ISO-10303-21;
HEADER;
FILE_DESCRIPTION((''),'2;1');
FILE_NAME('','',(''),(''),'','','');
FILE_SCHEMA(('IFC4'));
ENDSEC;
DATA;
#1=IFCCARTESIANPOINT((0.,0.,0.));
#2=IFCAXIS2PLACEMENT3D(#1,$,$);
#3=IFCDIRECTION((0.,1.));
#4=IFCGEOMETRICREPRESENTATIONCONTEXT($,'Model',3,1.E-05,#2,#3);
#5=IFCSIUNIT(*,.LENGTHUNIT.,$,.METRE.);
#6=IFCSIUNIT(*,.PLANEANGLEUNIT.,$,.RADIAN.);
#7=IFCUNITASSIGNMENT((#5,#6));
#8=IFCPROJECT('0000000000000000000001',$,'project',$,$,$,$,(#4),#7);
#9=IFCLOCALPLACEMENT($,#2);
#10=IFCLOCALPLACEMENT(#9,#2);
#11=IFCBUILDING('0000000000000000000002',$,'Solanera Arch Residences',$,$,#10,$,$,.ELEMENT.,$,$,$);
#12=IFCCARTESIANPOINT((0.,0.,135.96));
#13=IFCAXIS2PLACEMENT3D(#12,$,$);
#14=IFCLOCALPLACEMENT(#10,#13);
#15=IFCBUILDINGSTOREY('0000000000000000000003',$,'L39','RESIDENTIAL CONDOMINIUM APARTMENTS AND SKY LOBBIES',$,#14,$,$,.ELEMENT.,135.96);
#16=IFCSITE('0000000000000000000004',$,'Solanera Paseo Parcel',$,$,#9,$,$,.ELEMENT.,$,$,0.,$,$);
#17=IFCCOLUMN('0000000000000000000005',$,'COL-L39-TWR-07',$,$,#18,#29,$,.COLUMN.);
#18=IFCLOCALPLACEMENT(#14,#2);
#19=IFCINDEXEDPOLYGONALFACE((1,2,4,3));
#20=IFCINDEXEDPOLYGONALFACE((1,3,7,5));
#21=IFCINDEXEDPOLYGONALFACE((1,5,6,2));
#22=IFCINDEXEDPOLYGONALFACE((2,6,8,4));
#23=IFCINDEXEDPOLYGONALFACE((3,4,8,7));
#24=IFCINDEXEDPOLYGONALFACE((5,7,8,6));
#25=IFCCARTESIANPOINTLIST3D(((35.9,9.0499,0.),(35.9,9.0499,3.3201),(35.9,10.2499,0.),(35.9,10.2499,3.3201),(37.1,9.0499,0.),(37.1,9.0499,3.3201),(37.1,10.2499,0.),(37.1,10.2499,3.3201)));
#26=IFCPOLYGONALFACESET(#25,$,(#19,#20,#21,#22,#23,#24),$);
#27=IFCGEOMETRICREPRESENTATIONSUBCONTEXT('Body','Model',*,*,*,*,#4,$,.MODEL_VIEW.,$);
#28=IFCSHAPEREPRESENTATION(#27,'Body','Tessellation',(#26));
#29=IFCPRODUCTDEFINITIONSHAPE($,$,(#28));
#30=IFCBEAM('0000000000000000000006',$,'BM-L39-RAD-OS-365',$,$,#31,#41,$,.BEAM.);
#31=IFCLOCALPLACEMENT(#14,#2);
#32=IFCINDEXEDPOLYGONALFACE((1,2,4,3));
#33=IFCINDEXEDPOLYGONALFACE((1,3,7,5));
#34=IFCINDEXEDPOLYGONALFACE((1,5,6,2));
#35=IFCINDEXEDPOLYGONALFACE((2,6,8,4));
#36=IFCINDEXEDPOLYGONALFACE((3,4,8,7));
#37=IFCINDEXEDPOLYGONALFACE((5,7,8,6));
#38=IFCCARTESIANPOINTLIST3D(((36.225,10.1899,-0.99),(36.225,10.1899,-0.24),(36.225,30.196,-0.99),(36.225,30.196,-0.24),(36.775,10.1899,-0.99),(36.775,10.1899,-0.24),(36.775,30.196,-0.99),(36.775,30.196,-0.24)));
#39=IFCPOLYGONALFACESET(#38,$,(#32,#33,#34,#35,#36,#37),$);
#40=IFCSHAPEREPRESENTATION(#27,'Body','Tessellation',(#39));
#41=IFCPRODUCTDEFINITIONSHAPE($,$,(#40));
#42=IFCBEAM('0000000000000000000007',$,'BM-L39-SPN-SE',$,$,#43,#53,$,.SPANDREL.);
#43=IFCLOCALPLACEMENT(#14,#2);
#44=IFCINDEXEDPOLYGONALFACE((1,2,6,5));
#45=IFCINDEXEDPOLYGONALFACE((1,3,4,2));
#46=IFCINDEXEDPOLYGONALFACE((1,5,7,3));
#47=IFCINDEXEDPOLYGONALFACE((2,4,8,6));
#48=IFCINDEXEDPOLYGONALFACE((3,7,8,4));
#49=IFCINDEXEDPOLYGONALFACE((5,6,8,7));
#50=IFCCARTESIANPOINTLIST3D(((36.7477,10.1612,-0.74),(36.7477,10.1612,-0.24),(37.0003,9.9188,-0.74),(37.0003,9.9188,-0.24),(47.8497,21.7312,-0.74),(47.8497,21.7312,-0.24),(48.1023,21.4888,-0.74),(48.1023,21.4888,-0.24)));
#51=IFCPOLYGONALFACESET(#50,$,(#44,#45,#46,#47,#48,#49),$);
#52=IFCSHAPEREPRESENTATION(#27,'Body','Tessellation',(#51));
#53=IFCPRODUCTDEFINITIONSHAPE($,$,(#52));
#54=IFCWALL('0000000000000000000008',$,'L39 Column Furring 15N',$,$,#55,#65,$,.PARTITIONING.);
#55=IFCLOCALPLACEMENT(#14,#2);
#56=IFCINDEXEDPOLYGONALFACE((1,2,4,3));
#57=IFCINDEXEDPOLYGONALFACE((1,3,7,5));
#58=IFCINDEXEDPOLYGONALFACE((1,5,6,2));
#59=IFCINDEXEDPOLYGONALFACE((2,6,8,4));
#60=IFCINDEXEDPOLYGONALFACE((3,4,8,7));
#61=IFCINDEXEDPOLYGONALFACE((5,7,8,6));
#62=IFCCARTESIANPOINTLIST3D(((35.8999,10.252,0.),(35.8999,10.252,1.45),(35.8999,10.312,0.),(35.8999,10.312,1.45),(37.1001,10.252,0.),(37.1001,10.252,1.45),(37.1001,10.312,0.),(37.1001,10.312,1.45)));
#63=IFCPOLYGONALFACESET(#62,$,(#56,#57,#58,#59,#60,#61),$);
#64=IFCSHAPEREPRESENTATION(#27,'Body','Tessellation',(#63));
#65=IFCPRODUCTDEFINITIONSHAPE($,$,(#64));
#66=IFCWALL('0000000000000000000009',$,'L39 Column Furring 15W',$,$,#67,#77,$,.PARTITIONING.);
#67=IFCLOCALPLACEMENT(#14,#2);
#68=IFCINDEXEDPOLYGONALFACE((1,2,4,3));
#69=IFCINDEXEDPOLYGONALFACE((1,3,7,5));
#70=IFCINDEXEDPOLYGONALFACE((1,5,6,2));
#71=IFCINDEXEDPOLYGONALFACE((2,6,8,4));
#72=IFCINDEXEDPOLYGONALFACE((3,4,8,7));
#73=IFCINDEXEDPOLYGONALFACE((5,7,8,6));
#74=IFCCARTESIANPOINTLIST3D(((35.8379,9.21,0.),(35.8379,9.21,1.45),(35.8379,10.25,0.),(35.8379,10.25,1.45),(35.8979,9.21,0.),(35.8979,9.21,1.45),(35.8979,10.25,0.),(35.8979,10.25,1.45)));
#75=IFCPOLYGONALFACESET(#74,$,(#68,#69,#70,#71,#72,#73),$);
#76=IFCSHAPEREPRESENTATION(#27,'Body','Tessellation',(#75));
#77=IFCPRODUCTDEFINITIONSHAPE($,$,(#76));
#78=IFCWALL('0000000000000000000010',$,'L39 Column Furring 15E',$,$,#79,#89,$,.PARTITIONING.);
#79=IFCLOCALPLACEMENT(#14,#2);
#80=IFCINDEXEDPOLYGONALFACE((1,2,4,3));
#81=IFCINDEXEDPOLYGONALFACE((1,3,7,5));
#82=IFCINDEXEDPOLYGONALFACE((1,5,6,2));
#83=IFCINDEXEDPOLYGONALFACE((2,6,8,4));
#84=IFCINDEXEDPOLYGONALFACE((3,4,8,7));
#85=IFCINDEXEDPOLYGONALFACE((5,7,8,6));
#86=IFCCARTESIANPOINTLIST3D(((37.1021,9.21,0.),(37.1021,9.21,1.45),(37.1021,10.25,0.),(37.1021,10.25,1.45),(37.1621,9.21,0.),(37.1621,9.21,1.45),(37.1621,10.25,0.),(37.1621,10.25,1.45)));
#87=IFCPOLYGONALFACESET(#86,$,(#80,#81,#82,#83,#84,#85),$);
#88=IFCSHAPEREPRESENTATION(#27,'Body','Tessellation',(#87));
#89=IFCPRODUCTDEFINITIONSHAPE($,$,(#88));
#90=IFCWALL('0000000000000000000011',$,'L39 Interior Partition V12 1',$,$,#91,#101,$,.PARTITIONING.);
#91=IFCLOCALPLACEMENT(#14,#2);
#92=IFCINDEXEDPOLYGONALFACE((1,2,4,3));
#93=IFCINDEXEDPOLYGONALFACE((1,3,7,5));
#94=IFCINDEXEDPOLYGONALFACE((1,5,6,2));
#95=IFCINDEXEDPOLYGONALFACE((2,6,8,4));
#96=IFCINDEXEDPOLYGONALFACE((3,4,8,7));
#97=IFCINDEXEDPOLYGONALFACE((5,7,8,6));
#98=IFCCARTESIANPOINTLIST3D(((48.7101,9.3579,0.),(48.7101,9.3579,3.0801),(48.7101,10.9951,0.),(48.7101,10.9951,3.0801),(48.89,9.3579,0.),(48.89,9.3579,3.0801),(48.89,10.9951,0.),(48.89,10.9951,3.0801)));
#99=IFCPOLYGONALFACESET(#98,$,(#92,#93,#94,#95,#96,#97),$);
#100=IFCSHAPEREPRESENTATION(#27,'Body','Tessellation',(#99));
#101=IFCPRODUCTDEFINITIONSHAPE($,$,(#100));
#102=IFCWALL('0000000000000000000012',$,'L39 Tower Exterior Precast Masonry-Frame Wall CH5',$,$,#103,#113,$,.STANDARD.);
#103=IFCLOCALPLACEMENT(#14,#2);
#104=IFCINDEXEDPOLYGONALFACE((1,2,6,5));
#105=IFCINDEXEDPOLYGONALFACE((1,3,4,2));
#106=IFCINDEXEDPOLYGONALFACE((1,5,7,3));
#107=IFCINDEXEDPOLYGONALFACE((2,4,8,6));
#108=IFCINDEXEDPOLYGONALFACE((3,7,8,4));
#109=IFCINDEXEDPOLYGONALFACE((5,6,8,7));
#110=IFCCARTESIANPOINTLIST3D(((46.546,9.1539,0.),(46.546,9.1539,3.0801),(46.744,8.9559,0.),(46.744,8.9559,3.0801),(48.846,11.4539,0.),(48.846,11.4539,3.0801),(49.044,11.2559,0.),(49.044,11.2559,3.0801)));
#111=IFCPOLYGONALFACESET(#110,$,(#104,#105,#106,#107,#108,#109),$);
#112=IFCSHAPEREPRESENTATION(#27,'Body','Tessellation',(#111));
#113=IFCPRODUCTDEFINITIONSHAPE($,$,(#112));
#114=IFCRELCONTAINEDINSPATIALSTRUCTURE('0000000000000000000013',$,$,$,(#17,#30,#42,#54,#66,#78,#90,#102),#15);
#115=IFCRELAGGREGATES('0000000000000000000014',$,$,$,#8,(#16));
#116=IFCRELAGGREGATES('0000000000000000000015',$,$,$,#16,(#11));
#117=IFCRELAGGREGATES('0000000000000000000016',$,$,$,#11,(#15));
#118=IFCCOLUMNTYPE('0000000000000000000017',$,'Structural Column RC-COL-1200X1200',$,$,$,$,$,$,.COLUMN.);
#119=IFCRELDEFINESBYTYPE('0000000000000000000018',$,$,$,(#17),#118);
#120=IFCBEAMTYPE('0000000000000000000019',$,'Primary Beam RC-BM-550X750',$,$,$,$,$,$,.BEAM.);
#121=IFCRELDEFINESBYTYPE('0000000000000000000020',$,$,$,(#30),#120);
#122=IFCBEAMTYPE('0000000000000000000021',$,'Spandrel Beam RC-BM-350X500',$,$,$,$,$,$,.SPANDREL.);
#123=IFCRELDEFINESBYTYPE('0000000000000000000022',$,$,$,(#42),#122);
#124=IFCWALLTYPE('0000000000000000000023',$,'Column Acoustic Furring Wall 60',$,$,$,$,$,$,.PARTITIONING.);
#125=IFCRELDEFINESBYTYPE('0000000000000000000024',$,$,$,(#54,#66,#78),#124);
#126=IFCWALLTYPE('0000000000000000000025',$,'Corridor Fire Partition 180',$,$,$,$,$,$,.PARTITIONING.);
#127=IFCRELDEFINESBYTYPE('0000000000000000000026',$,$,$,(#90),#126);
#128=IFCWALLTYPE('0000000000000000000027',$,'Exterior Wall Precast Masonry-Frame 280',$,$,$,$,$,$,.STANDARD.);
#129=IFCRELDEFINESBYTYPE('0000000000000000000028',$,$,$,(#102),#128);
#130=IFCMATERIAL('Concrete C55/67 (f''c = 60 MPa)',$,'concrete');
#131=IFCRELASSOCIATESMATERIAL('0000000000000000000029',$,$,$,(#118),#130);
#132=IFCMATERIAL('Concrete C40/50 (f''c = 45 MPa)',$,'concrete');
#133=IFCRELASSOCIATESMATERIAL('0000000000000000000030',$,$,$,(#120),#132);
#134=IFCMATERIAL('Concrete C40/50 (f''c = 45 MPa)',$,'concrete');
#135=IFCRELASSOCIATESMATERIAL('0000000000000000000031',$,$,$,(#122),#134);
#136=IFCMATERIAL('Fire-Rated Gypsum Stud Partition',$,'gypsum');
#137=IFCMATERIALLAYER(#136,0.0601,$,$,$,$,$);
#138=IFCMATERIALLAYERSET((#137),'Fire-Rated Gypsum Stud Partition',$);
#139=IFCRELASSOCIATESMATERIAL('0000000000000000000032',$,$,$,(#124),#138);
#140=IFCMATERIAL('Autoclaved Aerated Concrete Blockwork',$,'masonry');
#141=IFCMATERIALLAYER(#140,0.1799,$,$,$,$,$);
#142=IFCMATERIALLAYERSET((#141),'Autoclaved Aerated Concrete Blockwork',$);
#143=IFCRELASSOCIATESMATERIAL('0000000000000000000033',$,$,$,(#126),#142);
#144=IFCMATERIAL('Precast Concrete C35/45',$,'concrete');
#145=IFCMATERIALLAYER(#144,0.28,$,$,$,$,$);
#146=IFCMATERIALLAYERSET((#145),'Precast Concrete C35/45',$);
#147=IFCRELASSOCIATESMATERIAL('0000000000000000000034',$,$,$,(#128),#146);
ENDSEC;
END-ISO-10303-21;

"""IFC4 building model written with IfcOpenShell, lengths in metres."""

from ifc_helpers import new_model, si_unit, direction, frame, frame_2d, origin, origin_2d, place, context, subcontext, project, spatial, rectangle, extrude, material, layer, layer_set, material_profile, profile_set, type_object, element, save


model = new_model("IFC4")

# Units and contexts
model_context = context("Model", 3, precision=1e-05, world=origin(), true_north=direction((0.0, 1.0)))
body_context = subcontext(model_context, "Body", "Model", "MODEL_VIEW")
ifc_project = project(units=[si_unit("LENGTHUNIT", "METRE"), si_unit("PLANEANGLEUNIT", "RADIAN")], contexts=[model_context])

# Site, building, storey
site_placement = place(None, origin())
site = spatial("IfcSite", under=ifc_project, at=site_placement, Name="Solanera Paseo Parcel", CompositionType="ELEMENT", RefElevation=0.0)
building_placement = place(site_placement, origin())
building = spatial("IfcBuilding", under=site, at=building_placement, Name="Solanera Arch Residences", CompositionType="ELEMENT")
storey_placement = place(building_placement, frame((0.0, 0.0, 135.96)))
storey = spatial("IfcBuildingStorey", under=building, at=storey_placement, Name="L39", Description="RESIDENTIAL CONDOMINIUM APARTMENTS AND SKY LOBBIES", CompositionType="ELEMENT", Elevation=135.96)

# Column
ifc_material_1 = material(Name="Concrete C55/67 (f'c = 60 MPa)", Category="concrete")
ifc_material_profile_1 = material_profile(ifc_material_1, rectangle(XDim=1.2, YDim=1.2, at=origin_2d()))
ifc_profile_set_1 = profile_set([ifc_material_profile_1], Name="Concrete C55/67 (f'c = 60 MPa)")
column_type = type_object("IfcColumnType", Name="Structural Column RC-COL-1200X1200", PredefinedType="COLUMN", material=ifc_profile_set_1)
column_placement = place(storey_placement, frame((36.5, 9.6499, 0.0), z_axis=(0.0, 0.0, 1.0), x_axis=(1.0, 0.0, 0.0)))
element("IfcColumn", 1, at=column_placement, inside=storey, type_object=column_type, Name="COL-L39-TWR-07", PredefinedType="COLUMN", context=body_context, shape_type="SweptSolid", body=[
    extrude(rectangle(XDim=1.2, YDim=1.2, at=origin_2d()), origin(), (0.0, 0.0, 1.0), 3.3201),
])

# Beams
ifc_material_2 = material(Name="Concrete C40/50 (f'c = 45 MPa)", Category="concrete")
ifc_material_profile_2 = material_profile(ifc_material_2, rectangle(XDim=0.55, YDim=0.75, at=origin_2d()))
ifc_profile_set_2 = profile_set([ifc_material_profile_2], Name="Concrete C40/50 (f'c = 45 MPa)")
beam_type_1 = type_object("IfcBeamType", Name="Primary Beam RC-BM-550X750", PredefinedType="BEAM", material=ifc_profile_set_2)
beam_1_placement = place(storey_placement, frame((36.5, 10.1899, -0.615), z_axis=(0.0, 1.0, 0.0), x_axis=(-1.0, 0.0, 0.0)))
element("IfcBeam", 2, at=beam_1_placement, inside=storey, type_object=beam_type_1, Name="BM-L39-RAD-OS-365", PredefinedType="BEAM", context=body_context, shape_type="SweptSolid", body=[
    extrude(rectangle(XDim=0.55, YDim=0.75, at=origin_2d()), origin(), (0.0, 0.0, 1.0), 20.0061),
])
ifc_material_3 = material(Name="Concrete C40/50 (f'c = 45 MPa)", Category="concrete")
ifc_material_profile_3 = material_profile(ifc_material_3, rectangle(XDim=0.3501, YDim=0.5, at=origin_2d()))
ifc_profile_set_3 = profile_set([ifc_material_profile_3], Name="Concrete C40/50 (f'c = 45 MPa)")
beam_type_2 = type_object("IfcBeamType", Name="Spandrel Beam RC-BM-350X500", PredefinedType="SPANDREL", material=ifc_profile_set_3)
beam_2_placement = place(storey_placement, frame((36.874, 10.04, -0.49), z_axis=(0.692363, 0.72155, 0.0), x_axis=(-0.72155, 0.692363, 0.0)))
element("IfcBeam", 3, at=beam_2_placement, inside=storey, type_object=beam_type_2, Name="BM-L39-SPN-SE", PredefinedType="SPANDREL", context=body_context, shape_type="SweptSolid", body=[
    extrude(rectangle(XDim=0.3501, YDim=0.5, at=origin_2d()), origin(), (0.0, 0.0, 1.0), 16.0349),
])

# Walls
ifc_material_4 = material(Name="Fire-Rated Gypsum Stud Partition", Category="gypsum")
ifc_layer_1 = layer(ifc_material_4, 0.0601)
ifc_layer_set_1 = layer_set([ifc_layer_1], Name="Fire-Rated Gypsum Stud Partition")
wall_type_1 = type_object("IfcWallType", Name="Column Acoustic Furring Wall 60", PredefinedType="PARTITIONING", material=ifc_layer_set_1)
wall_1_placement = place(storey_placement, frame((35.8999, 10.282, 0.0), z_axis=(0.0, 0.0, 1.0), x_axis=(1.0, 0.0, 0.0)))
element("IfcWall", 4, at=wall_1_placement, inside=storey, type_object=wall_type_1, Name="L39 Column Furring 15N", PredefinedType="PARTITIONING", context=body_context, shape_type="SweptSolid", body=[
    extrude(rectangle(XDim=1.2002, YDim=0.0601, at=frame_2d((0.6001, 0.0))), origin(), (0.0, 0.0, 1.0), 1.45),
])
for number, where, z_axis, x_axis, name in (
    (5, (35.8679, 9.21, 0.0), (0.0, 0.0, 1.0), (0.0, 1.0, 0.0), "L39 Column Furring 15W"),
    (6, (37.1321, 9.21, 0.0), (0.0, 0.0, 1.0), (0.0, 1.0, 0.0), "L39 Column Furring 15E"),
):
    element("IfcWall", number, at=place(storey_placement, frame(where, z_axis=z_axis, x_axis=x_axis)), inside=storey, type_object=wall_type_1, Name=name, PredefinedType="PARTITIONING", context=body_context, shape_type="SweptSolid", body=[
        extrude(rectangle(XDim=1.04, YDim=0.0601, at=frame_2d((0.52, 0.0))), origin(), (0.0, 0.0, 1.0), 1.45),
    ])
ifc_material_5 = material(Name="Autoclaved Aerated Concrete Blockwork", Category="masonry")
ifc_layer_2 = layer(ifc_material_5, 0.1799)
ifc_layer_set_2 = layer_set([ifc_layer_2], Name="Autoclaved Aerated Concrete Blockwork")
wall_type_2 = type_object("IfcWallType", Name="Corridor Fire Partition 180", PredefinedType="PARTITIONING", material=ifc_layer_set_2)
wall_2_placement = place(storey_placement, frame((48.8, 9.3579, 0.0), z_axis=(0.0, 0.0, 1.0), x_axis=(0.0, 1.0, 0.0)))
element("IfcWall", 7, at=wall_2_placement, inside=storey, type_object=wall_type_2, Name="L39 Interior Partition V12 1", PredefinedType="PARTITIONING", context=body_context, shape_type="SweptSolid", body=[
    extrude(rectangle(XDim=1.6372, YDim=0.1799, at=frame_2d((0.8186, 0.0))), origin(), (0.0, 0.0, 1.0), 3.0801),
])
ifc_material_6 = material(Name="Precast Concrete C35/45", Category="concrete")
ifc_layer_3 = layer(ifc_material_6, 0.28)
ifc_layer_set_3 = layer_set([ifc_layer_3], Name="Precast Concrete C35/45")
wall_type_3 = type_object("IfcWallType", Name="Exterior Wall Precast Masonry-Frame 280", PredefinedType="STANDARD", material=ifc_layer_set_3)
wall_3_placement = place(storey_placement, frame((48.9451, 11.355, 0.0), z_axis=(0.0, 0.0, 1.0), x_axis=(-0.707107, -0.707107, 0.0)))
element("IfcWall", 8, at=wall_3_placement, inside=storey, type_object=wall_type_3, Name="L39 Tower Exterior Precast Masonry-Frame Wall CH5", PredefinedType="STANDARD", context=body_context, shape_type="SweptSolid", body=[
    extrude(rectangle(XDim=3.2527, YDim=0.28, at=frame_2d((1.6265, 0.0))), origin(), (0.0, 0.0, 1.0), 3.0801),
])

save(model, "model.ifc")
